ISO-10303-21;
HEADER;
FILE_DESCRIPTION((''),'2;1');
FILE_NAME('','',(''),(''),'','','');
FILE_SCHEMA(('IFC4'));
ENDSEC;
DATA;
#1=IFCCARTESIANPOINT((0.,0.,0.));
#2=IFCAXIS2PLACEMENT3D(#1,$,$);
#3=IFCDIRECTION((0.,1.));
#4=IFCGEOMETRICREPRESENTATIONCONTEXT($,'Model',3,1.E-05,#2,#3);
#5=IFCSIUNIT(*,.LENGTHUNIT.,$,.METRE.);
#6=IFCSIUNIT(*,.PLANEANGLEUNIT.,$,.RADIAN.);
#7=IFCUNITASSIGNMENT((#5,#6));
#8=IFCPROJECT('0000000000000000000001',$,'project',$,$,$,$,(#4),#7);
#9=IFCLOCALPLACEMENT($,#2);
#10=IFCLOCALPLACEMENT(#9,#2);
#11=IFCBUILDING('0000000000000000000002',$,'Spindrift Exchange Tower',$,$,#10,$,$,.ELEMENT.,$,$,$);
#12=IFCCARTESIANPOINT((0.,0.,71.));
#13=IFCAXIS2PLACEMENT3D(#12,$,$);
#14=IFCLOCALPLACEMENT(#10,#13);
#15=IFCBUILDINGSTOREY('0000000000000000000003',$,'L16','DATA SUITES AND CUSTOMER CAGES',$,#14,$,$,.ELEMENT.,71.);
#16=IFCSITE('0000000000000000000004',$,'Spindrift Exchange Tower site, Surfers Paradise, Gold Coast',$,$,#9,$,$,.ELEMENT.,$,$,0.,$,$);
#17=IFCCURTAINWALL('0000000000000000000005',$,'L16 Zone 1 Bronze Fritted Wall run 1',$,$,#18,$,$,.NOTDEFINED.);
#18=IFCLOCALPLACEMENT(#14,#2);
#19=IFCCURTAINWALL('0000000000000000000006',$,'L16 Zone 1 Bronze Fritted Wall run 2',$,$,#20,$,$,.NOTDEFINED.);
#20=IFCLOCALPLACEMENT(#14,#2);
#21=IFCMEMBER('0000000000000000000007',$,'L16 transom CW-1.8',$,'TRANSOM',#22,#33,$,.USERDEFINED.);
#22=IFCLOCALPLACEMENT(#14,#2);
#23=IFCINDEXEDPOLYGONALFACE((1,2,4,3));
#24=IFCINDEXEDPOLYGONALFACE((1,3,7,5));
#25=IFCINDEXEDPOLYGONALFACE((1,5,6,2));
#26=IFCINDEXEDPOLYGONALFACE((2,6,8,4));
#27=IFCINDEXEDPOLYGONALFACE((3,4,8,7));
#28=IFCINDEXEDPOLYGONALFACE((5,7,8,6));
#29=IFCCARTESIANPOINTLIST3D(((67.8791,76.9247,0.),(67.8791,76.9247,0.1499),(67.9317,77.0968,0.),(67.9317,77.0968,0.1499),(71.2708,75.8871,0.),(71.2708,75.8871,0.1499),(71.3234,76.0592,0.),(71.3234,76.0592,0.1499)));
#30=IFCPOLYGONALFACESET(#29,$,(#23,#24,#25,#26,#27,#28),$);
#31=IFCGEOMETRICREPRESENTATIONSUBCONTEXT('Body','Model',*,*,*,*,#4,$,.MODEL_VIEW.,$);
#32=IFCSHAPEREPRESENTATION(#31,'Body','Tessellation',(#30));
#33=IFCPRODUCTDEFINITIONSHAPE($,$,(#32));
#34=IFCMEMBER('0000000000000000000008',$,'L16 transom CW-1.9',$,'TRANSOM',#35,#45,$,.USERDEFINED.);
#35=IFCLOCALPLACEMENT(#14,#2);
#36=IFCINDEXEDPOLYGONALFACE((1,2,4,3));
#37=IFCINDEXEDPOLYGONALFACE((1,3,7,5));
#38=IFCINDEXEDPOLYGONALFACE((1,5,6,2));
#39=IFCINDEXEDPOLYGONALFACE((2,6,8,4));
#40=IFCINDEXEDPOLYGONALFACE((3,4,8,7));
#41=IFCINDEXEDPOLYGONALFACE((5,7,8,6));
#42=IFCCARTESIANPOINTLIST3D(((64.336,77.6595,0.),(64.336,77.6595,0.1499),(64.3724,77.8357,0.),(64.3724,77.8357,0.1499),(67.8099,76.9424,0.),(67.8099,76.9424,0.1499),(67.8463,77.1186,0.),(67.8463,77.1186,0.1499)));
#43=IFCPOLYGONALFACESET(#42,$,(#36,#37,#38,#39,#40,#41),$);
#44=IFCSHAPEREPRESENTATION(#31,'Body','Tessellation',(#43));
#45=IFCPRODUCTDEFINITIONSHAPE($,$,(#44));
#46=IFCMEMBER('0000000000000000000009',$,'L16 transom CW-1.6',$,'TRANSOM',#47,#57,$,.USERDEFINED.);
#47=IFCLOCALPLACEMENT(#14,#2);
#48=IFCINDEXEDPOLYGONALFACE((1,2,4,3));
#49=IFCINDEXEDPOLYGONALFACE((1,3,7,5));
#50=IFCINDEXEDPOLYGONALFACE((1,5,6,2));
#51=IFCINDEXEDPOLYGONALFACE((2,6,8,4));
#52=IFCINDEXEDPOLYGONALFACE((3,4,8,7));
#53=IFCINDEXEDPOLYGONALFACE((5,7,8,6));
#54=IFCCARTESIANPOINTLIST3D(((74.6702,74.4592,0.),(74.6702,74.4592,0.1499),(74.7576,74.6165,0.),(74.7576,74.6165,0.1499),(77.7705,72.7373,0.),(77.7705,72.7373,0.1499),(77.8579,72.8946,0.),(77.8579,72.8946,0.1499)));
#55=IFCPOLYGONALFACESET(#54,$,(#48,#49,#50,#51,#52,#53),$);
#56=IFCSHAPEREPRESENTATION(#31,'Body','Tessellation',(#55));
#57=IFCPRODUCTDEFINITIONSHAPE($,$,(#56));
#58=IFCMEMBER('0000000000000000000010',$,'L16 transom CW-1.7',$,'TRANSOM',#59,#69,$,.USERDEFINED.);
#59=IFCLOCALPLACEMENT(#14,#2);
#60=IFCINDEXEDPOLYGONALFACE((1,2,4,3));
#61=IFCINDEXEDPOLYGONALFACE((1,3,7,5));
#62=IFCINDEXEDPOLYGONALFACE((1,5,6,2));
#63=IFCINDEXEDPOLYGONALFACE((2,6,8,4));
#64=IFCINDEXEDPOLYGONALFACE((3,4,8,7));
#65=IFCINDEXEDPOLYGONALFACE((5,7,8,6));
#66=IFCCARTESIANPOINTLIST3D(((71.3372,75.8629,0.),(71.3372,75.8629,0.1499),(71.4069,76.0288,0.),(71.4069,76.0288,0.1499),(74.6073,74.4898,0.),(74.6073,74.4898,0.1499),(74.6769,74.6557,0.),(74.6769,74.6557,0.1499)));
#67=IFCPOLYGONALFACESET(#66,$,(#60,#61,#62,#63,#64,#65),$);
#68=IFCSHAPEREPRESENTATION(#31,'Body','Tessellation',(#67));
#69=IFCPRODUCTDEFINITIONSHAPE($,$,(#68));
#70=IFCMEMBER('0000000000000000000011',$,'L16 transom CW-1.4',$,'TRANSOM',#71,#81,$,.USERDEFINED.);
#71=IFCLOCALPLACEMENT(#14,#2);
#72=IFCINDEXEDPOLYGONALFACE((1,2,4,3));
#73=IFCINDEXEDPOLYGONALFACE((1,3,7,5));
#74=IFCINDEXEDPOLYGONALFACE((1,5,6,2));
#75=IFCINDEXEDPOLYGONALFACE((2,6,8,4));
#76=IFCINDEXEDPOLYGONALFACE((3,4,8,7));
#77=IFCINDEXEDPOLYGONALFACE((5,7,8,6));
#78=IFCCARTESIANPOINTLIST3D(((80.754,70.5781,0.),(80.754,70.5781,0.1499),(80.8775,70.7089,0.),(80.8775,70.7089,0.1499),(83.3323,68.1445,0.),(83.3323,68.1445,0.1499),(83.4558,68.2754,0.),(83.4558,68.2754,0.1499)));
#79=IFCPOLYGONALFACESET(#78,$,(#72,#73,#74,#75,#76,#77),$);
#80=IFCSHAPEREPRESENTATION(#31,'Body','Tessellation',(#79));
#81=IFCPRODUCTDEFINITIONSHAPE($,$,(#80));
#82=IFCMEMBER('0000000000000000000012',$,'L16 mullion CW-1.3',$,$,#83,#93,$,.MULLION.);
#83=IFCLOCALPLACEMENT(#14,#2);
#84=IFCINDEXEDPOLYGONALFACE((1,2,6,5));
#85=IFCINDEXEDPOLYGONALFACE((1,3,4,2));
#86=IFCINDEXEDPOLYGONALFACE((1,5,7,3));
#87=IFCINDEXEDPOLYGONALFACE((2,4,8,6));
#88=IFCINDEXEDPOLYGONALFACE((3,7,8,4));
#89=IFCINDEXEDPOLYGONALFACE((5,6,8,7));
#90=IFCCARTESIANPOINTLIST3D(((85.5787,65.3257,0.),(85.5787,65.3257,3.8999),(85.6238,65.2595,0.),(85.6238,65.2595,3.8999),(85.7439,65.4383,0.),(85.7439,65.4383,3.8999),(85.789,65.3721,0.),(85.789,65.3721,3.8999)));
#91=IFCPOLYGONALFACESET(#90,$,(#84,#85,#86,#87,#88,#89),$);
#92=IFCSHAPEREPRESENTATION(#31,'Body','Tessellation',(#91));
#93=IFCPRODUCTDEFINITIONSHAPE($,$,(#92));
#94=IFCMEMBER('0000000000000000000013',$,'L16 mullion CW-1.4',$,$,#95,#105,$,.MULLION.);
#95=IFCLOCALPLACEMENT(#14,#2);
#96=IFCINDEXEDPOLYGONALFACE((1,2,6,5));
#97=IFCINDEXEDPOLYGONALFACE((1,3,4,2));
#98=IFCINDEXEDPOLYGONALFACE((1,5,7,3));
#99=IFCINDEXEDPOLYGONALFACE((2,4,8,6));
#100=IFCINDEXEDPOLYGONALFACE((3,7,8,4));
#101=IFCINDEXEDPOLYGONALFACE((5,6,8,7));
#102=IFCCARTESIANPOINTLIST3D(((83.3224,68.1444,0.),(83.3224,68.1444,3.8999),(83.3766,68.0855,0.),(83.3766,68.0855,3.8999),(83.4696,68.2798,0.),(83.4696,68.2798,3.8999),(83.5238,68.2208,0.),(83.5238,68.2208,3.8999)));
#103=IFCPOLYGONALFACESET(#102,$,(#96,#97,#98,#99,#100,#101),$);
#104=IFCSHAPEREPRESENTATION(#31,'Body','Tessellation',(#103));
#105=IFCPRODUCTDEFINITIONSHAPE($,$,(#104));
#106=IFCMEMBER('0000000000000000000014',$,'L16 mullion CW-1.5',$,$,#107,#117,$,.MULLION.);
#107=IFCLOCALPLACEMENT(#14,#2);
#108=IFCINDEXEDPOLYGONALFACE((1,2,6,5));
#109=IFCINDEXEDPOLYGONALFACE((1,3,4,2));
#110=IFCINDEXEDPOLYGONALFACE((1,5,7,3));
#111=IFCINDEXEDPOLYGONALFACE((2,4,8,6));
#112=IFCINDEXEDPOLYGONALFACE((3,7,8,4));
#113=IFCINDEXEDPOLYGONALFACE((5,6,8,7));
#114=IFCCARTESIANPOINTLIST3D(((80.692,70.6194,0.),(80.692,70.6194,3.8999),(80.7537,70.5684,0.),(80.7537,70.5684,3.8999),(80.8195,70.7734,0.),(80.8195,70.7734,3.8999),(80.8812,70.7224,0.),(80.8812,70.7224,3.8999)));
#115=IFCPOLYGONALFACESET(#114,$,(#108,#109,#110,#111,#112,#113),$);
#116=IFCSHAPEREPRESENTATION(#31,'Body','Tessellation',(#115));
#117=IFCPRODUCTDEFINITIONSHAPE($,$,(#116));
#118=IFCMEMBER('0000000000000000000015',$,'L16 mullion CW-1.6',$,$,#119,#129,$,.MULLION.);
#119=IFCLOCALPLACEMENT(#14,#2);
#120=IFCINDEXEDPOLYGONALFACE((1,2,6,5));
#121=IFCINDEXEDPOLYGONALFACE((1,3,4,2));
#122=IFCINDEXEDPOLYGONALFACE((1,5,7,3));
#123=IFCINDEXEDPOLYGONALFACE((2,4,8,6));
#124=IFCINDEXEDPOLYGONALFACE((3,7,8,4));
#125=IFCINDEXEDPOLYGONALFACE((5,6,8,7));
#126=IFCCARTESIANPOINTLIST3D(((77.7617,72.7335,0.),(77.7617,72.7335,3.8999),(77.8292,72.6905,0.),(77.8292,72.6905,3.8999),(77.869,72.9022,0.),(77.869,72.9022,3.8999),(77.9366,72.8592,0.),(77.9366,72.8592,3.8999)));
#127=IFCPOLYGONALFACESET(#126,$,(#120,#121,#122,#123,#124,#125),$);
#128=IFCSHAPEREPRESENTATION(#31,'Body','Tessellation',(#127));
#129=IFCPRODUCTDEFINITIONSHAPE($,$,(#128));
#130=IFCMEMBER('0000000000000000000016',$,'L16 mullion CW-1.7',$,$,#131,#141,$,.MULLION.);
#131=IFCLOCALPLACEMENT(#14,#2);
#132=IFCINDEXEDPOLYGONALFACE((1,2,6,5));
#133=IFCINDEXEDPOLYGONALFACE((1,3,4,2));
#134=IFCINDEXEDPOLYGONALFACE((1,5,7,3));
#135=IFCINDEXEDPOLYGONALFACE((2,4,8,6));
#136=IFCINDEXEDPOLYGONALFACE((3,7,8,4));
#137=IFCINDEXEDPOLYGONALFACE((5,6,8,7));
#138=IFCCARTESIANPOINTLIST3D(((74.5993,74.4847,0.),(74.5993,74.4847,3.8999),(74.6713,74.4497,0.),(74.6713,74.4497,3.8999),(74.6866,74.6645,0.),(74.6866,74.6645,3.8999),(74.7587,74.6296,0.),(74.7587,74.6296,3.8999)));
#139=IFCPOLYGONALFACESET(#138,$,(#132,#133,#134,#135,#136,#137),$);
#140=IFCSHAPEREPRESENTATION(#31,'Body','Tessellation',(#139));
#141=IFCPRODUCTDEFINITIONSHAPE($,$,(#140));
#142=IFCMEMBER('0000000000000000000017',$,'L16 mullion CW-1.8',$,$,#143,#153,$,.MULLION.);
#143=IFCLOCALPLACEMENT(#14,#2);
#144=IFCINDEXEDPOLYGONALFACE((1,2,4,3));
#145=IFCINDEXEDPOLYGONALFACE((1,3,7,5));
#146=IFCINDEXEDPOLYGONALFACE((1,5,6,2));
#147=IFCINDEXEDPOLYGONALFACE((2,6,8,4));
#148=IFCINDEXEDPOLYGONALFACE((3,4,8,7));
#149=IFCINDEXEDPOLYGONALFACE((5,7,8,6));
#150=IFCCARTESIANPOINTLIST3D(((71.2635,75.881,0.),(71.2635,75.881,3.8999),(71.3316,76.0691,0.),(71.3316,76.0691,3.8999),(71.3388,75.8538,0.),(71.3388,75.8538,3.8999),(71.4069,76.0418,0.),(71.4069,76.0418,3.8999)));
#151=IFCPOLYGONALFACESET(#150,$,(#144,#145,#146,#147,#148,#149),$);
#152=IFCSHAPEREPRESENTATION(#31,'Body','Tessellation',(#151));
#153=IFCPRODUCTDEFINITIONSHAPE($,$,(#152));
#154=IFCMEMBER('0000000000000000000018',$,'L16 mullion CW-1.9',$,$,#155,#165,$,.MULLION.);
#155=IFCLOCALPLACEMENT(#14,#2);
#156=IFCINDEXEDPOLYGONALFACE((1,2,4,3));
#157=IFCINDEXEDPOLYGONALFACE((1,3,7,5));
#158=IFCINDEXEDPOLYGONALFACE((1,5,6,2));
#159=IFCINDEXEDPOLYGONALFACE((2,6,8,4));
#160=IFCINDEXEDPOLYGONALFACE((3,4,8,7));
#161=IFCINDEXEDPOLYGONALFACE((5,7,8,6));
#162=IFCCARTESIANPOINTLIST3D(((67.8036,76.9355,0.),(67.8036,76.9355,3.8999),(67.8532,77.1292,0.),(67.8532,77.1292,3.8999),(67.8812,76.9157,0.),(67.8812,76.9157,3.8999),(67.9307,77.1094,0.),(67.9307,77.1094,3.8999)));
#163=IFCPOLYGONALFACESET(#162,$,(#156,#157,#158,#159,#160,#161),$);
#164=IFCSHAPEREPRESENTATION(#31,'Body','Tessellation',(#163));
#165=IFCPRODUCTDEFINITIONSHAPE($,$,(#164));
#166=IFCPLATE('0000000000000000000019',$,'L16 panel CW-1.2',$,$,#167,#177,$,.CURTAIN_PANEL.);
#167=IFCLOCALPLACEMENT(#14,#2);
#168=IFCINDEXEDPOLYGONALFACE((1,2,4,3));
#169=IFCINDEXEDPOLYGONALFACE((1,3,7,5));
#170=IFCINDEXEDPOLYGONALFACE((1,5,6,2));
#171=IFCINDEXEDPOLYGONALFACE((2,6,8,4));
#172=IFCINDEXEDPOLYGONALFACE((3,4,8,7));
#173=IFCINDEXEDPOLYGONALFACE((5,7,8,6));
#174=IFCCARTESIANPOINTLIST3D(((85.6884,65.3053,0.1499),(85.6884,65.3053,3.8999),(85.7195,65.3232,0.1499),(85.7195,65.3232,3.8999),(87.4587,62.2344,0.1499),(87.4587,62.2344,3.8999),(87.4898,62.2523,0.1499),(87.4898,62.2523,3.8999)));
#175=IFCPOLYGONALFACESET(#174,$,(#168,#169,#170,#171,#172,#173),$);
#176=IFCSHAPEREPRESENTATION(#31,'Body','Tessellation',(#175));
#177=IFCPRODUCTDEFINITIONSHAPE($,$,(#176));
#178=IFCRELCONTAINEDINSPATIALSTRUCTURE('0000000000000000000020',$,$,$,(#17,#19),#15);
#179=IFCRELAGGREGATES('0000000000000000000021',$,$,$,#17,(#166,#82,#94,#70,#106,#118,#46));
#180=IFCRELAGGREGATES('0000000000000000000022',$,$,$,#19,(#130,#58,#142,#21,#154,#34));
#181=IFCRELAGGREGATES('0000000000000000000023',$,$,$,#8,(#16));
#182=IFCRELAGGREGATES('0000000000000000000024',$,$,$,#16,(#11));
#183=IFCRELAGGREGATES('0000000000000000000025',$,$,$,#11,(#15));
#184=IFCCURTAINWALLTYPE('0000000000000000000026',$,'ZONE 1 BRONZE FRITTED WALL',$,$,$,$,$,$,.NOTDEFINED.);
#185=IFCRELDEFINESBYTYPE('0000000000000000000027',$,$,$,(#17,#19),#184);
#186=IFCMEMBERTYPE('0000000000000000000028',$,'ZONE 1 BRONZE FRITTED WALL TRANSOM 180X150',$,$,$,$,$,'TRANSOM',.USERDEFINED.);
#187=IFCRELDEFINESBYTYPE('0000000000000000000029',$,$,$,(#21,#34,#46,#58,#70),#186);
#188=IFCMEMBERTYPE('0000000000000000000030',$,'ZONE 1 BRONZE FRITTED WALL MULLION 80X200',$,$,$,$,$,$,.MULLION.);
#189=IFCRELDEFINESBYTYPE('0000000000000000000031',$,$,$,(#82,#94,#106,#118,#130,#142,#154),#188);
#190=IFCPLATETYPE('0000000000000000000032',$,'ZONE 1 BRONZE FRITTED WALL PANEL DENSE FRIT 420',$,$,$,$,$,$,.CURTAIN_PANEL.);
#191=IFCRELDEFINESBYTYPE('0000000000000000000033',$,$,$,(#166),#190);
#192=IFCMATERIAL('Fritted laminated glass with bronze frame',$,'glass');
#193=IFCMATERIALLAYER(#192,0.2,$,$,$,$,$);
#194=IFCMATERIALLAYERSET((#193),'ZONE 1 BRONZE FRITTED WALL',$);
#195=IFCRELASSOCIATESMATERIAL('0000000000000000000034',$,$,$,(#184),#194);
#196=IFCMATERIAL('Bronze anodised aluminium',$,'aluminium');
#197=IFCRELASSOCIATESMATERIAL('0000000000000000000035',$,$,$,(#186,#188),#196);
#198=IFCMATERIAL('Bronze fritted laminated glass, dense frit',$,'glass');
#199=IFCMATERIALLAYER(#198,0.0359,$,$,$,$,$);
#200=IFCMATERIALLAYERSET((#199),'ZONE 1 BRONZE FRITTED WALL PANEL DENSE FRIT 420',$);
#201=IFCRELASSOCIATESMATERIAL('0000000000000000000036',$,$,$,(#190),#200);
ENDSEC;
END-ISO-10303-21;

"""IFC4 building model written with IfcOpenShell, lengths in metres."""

from ifc_helpers import new_model, si_unit, direction, frame, origin, origin_2d, place, context, subcontext, project, spatial, rectangle, extrude, source, transform, mapped, material, layer, layer_set, material_profile, profile_set, type_object, element, aggregate, save


model = new_model("IFC4")

# Units and contexts
model_context = context("Model", 3, precision=1e-05, world=origin(), true_north=direction((0.0, 1.0)))
body_context = subcontext(model_context, "Body", "Model", "MODEL_VIEW")
ifc_project = project(units=[si_unit("LENGTHUNIT", "METRE"), si_unit("PLANEANGLEUNIT", "RADIAN")], contexts=[model_context])

# Site, building, storey
site_placement = place(None, origin())
site = spatial("IfcSite", under=ifc_project, at=site_placement, Name="Spindrift Exchange Tower site, Surfers Paradise, Gold Coast", CompositionType="ELEMENT", RefElevation=0.0)
building_placement = place(site_placement, origin())
building = spatial("IfcBuilding", under=site, at=building_placement, Name="Spindrift Exchange Tower", CompositionType="ELEMENT")
storey_placement = place(building_placement, frame((0.0, 0.0, 71.0)))
storey = spatial("IfcBuildingStorey", under=building, at=storey_placement, Name="L16", Description="DATA SUITES AND CUSTOMER CAGES", CompositionType="ELEMENT", Elevation=71.0)

# Curtain walls, members
ifc_material_1 = material(Name="Fritted laminated glass with bronze frame", Category="glass")
ifc_layer_1 = layer(ifc_material_1, 0.2)
ifc_layer_set_1 = layer_set([ifc_layer_1], Name="ZONE 1 BRONZE FRITTED WALL")
curtain_wall_type = type_object("IfcCurtainWallType", Name="ZONE 1 BRONZE FRITTED WALL", PredefinedType="NOTDEFINED", material=ifc_layer_set_1)
curtain_wall_1_placement = place(storey_placement, origin())
curtain_wall_1 = element("IfcCurtainWall", 1, at=curtain_wall_1_placement, inside=storey, type_object=curtain_wall_type, Name="L16 Zone 1 Bronze Fritted Wall run 1", PredefinedType="NOTDEFINED")
ifc_material_2 = material(Name="Bronze anodised aluminium", Category="aluminium")
ifc_material_profile_1 = material_profile(ifc_material_2, rectangle(XDim=0.1799, YDim=0.1499, at=origin_2d()), Name="ZONE 1 BRONZE FRITTED WALL TRANSOM 180X150")
ifc_profile_set_1 = profile_set([ifc_material_profile_1], Name="Bronze anodised aluminium")
member_type_1 = type_object("IfcMemberType", Name="ZONE 1 BRONZE FRITTED WALL TRANSOM 180X150", ElementType="TRANSOM", PredefinedType="USERDEFINED", material=ifc_profile_set_1)
curtain_wall_2_placement = place(storey_placement, origin())
curtain_wall_2 = element("IfcCurtainWall", 2, at=curtain_wall_2_placement, inside=storey, type_object=curtain_wall_type, Name="L16 Zone 1 Bronze Fritted Wall run 2", PredefinedType="NOTDEFINED")
shared_shape_1 = source(origin(), body_context, "Body", "SweptSolid", [
    extrude(rectangle(XDim=0.1799, YDim=0.1499, at=origin_2d()), origin(), (0.0, 0.0, 1.0), 3.5469),
])
member_1_placement = place(storey_placement, frame((71.2971, 75.9731, 0.075), z_axis=(-0.956251, 0.292547, 0.0), x_axis=(-0.292547, -0.956251, 0.0)))
member_1 = element("IfcMember", 3, at=member_1_placement, type_object=member_type_1, Name="L16 transom CW-1.8", ObjectType="TRANSOM", PredefinedType="USERDEFINED", context=body_context, shape_type="MappedRepresentation", body=[
    mapped(shared_shape_1, transform((0.0, 0.0, 0.0), scale=1.0)),
])
shared_shape_2 = source(origin(), body_context, "Body", "SweptSolid", [
    extrude(rectangle(XDim=0.1799, YDim=0.1499, at=origin_2d()), origin(), (0.0, 0.0, 1.0), 3.5471),
])
member_2_placement = place(storey_placement, frame((67.8281, 77.0305, 0.075), z_axis=(-0.979355, 0.202148, 0.0), x_axis=(-0.202148, -0.979355, 0.0)))
member_2 = element("IfcMember", 4, at=member_2_placement, type_object=member_type_1, Name="L16 transom CW-1.9", ObjectType="TRANSOM", PredefinedType="USERDEFINED", context=body_context, shape_type="MappedRepresentation", body=[
    mapped(shared_shape_2, transform((0.0, 0.0, 0.0), scale=1.0)),
])

# Members
shared_shape_3 = source(origin(), body_context, "Body", "SweptSolid", [
    extrude(rectangle(XDim=0.1799, YDim=0.1499, at=origin_2d()), origin(), (0.0, 0.0, 1.0), 3.5464),
])
member_3_placement = place(storey_placement, frame((77.8142, 72.8159, 0.075), z_axis=(-0.874216, 0.485538, 0.0), x_axis=(-0.485538, -0.874216, 0.0)))
member_3 = element("IfcMember", 5, at=member_3_placement, type_object=member_type_1, Name="L16 transom CW-1.6", ObjectType="TRANSOM", PredefinedType="USERDEFINED", context=body_context, shape_type="MappedRepresentation", body=[
    mapped(shared_shape_3, transform((0.0, 0.0, 0.0), scale=1.0)),
])
shared_shape_4 = source(origin(), body_context, "Body", "SweptSolid", [
    extrude(rectangle(XDim=0.1799, YDim=0.1499, at=origin_2d()), origin(), (0.0, 0.0, 1.0), 3.5466),
])
member_4_placement = place(storey_placement, frame((74.6421, 74.5728, 0.075), z_axis=(-0.922018, 0.387146, 0.0), x_axis=(-0.387146, -0.922018, 0.0)))
member_4 = element("IfcMember", 6, at=member_4_placement, type_object=member_type_1, Name="L16 transom CW-1.7", ObjectType="TRANSOM", PredefinedType="USERDEFINED", context=body_context, shape_type="MappedRepresentation", body=[
    mapped(shared_shape_4, transform((0.0, 0.0, 0.0), scale=1.0)),
])
shared_shape_5 = source(origin(), body_context, "Body", "SweptSolid", [
    extrude(rectangle(XDim=0.1799, YDim=0.1499, at=origin_2d()), origin(), (0.0, 0.0, 1.0), 3.5454),
])
member_5_placement = place(storey_placement, frame((83.394, 68.21, 0.075), z_axis=(-0.727229, 0.686395, 0.0), x_axis=(-0.686395, -0.727229, 0.0)))
member_5 = element("IfcMember", 7, at=member_5_placement, type_object=member_type_1, Name="L16 transom CW-1.4", ObjectType="TRANSOM", PredefinedType="USERDEFINED", context=body_context, shape_type="MappedRepresentation", body=[
    mapped(shared_shape_5, transform((0.0, 0.0, 0.0), scale=1.0)),
])
ifc_material_profile_2 = material_profile(ifc_material_2, rectangle(XDim=0.0801, YDim=0.2, at=origin_2d()), Name="ZONE 1 BRONZE FRITTED WALL MULLION 80X200")
ifc_profile_set_2 = profile_set([ifc_material_profile_2], Name="Bronze anodised aluminium")
member_type_2 = type_object("IfcMemberType", Name="ZONE 1 BRONZE FRITTED WALL MULLION 80X200", PredefinedType="MULLION", material=ifc_profile_set_2)
shared_shape_6 = source(origin(), body_context, "Body", "SweptSolid", [
    extrude(rectangle(XDim=0.0801, YDim=0.2, at=origin_2d()), origin(), (0.0, 0.0, 1.0), 3.8999),
])
member_6_placement = place(storey_placement, frame((85.6838, 65.3489, 0.0), z_axis=(0.0, 0.0, 1.0), x_axis=(-0.563118, 0.826376, 0.0)))
member_6 = element("IfcMember", 8, at=member_6_placement, type_object=member_type_2, Name="L16 mullion CW-1.3", PredefinedType="MULLION", context=body_context, shape_type="MappedRepresentation", body=[
    mapped(shared_shape_6, transform((0.0, 0.0, 0.0), scale=1.0)),
])
member_7_placement = place(storey_placement, frame((83.4231, 68.1826, 0.0), z_axis=(0.0, 0.0, 1.0), x_axis=(-0.677112, 0.73588, 0.0)))
member_7 = element("IfcMember", 9, at=member_7_placement, type_object=member_type_2, Name="L16 mullion CW-1.4", PredefinedType="MULLION", context=body_context, shape_type="MappedRepresentation", body=[
    mapped(shared_shape_6, transform((0.0, 0.0, 0.0), scale=1.0)),
])
member_8_placement = place(storey_placement, frame((80.7866, 70.6709, 0.0), z_axis=(0.0, 0.0, 1.0), x_axis=(-0.770334, 0.63764, 0.0)))
member_8 = element("IfcMember", 10, at=member_8_placement, type_object=member_type_2, Name="L16 mullion CW-1.5", PredefinedType="MULLION", context=body_context, shape_type="MappedRepresentation", body=[
    mapped(shared_shape_6, transform((0.0, 0.0, 0.0), scale=1.0)),
])
member_9_placement = place(storey_placement, frame((77.8491, 72.7964, 0.0), z_axis=(0.0, 0.0, 1.0), x_axis=(-0.843688, 0.536834, 0.0)))
member_9 = element("IfcMember", 11, at=member_9_placement, type_object=member_type_2, Name="L16 mullion CW-1.6", PredefinedType="MULLION", context=body_context, shape_type="MappedRepresentation", body=[
    mapped(shared_shape_6, transform((0.0, 0.0, 0.0), scale=1.0)),
])
member_10_placement = place(storey_placement, frame((74.679, 74.5571, 0.0), z_axis=(0.0, 0.0, 1.0), x_axis=(-0.89945, 0.437024, 0.0)))
member_10 = element("IfcMember", 12, at=member_10_placement, type_object=member_type_2, Name="L16 mullion CW-1.7", PredefinedType="MULLION", context=body_context, shape_type="MappedRepresentation", body=[
    mapped(shared_shape_6, transform((0.0, 0.0, 0.0), scale=1.0)),
])
member_11_placement = place(storey_placement, frame((71.3352, 75.9614, 0.0), z_axis=(0.0, 0.0, 1.0), x_axis=(-0.940316, 0.340303, 0.0)))
member_11 = element("IfcMember", 13, at=member_11_placement, type_object=member_type_2, Name="L16 mullion CW-1.8", PredefinedType="MULLION", context=body_context, shape_type="MappedRepresentation", body=[
    mapped(shared_shape_6, transform((0.0, 0.0, 0.0), scale=1.0)),
])
member_12_placement = place(storey_placement, frame((67.8672, 77.0225, 0.0), z_axis=(0.0, 0.0, 1.0), x_axis=(-0.968858, 0.247619, 0.0)))
member_12 = element("IfcMember", 14, at=member_12_placement, type_object=member_type_2, Name="L16 mullion CW-1.9", PredefinedType="MULLION", context=body_context, shape_type="MappedRepresentation", body=[
    mapped(shared_shape_6, transform((0.0, 0.0, 0.0), scale=1.0)),
])

# Plate
ifc_material_3 = material(Name="Bronze fritted laminated glass, dense frit", Category="glass")
ifc_layer_2 = layer(ifc_material_3, 0.0359)
ifc_layer_set_2 = layer_set([ifc_layer_2], Name="ZONE 1 BRONZE FRITTED WALL PANEL DENSE FRIT 420")
plate_type_1 = type_object("IfcPlateType", Name="ZONE 1 BRONZE FRITTED WALL PANEL DENSE FRIT 420", PredefinedType="CURTAIN_PANEL", material=ifc_layer_set_2)
shared_shape_7 = source(origin(), body_context, "Body", "SweptSolid", [
    extrude(rectangle(XDim=3.5447, YDim=0.0359, at=origin_2d()), origin(), (0.0, 0.0, 1.0), 3.75),
])
plate_1_placement = place(storey_placement, frame((86.5891, 63.7788, 0.1499), z_axis=(0.0, 0.0, 1.0), x_axis=(-0.499442, 0.866347, 0.0)))
plate_1 = element("IfcPlate", 15, at=plate_1_placement, type_object=plate_type_1, Name="L16 panel CW-1.2", PredefinedType="CURTAIN_PANEL", context=body_context, shape_type="MappedRepresentation", body=[
    mapped(shared_shape_7, transform((0.0, 0.0, 0.0), scale=1.0)),
])
aggregate(curtain_wall_1, [plate_1, member_6, member_7, member_5, member_8, member_9, member_3])
aggregate(curtain_wall_2, [member_10, member_4, member_11, member_1, member_12, member_2])

save(model, "model.ifc")
